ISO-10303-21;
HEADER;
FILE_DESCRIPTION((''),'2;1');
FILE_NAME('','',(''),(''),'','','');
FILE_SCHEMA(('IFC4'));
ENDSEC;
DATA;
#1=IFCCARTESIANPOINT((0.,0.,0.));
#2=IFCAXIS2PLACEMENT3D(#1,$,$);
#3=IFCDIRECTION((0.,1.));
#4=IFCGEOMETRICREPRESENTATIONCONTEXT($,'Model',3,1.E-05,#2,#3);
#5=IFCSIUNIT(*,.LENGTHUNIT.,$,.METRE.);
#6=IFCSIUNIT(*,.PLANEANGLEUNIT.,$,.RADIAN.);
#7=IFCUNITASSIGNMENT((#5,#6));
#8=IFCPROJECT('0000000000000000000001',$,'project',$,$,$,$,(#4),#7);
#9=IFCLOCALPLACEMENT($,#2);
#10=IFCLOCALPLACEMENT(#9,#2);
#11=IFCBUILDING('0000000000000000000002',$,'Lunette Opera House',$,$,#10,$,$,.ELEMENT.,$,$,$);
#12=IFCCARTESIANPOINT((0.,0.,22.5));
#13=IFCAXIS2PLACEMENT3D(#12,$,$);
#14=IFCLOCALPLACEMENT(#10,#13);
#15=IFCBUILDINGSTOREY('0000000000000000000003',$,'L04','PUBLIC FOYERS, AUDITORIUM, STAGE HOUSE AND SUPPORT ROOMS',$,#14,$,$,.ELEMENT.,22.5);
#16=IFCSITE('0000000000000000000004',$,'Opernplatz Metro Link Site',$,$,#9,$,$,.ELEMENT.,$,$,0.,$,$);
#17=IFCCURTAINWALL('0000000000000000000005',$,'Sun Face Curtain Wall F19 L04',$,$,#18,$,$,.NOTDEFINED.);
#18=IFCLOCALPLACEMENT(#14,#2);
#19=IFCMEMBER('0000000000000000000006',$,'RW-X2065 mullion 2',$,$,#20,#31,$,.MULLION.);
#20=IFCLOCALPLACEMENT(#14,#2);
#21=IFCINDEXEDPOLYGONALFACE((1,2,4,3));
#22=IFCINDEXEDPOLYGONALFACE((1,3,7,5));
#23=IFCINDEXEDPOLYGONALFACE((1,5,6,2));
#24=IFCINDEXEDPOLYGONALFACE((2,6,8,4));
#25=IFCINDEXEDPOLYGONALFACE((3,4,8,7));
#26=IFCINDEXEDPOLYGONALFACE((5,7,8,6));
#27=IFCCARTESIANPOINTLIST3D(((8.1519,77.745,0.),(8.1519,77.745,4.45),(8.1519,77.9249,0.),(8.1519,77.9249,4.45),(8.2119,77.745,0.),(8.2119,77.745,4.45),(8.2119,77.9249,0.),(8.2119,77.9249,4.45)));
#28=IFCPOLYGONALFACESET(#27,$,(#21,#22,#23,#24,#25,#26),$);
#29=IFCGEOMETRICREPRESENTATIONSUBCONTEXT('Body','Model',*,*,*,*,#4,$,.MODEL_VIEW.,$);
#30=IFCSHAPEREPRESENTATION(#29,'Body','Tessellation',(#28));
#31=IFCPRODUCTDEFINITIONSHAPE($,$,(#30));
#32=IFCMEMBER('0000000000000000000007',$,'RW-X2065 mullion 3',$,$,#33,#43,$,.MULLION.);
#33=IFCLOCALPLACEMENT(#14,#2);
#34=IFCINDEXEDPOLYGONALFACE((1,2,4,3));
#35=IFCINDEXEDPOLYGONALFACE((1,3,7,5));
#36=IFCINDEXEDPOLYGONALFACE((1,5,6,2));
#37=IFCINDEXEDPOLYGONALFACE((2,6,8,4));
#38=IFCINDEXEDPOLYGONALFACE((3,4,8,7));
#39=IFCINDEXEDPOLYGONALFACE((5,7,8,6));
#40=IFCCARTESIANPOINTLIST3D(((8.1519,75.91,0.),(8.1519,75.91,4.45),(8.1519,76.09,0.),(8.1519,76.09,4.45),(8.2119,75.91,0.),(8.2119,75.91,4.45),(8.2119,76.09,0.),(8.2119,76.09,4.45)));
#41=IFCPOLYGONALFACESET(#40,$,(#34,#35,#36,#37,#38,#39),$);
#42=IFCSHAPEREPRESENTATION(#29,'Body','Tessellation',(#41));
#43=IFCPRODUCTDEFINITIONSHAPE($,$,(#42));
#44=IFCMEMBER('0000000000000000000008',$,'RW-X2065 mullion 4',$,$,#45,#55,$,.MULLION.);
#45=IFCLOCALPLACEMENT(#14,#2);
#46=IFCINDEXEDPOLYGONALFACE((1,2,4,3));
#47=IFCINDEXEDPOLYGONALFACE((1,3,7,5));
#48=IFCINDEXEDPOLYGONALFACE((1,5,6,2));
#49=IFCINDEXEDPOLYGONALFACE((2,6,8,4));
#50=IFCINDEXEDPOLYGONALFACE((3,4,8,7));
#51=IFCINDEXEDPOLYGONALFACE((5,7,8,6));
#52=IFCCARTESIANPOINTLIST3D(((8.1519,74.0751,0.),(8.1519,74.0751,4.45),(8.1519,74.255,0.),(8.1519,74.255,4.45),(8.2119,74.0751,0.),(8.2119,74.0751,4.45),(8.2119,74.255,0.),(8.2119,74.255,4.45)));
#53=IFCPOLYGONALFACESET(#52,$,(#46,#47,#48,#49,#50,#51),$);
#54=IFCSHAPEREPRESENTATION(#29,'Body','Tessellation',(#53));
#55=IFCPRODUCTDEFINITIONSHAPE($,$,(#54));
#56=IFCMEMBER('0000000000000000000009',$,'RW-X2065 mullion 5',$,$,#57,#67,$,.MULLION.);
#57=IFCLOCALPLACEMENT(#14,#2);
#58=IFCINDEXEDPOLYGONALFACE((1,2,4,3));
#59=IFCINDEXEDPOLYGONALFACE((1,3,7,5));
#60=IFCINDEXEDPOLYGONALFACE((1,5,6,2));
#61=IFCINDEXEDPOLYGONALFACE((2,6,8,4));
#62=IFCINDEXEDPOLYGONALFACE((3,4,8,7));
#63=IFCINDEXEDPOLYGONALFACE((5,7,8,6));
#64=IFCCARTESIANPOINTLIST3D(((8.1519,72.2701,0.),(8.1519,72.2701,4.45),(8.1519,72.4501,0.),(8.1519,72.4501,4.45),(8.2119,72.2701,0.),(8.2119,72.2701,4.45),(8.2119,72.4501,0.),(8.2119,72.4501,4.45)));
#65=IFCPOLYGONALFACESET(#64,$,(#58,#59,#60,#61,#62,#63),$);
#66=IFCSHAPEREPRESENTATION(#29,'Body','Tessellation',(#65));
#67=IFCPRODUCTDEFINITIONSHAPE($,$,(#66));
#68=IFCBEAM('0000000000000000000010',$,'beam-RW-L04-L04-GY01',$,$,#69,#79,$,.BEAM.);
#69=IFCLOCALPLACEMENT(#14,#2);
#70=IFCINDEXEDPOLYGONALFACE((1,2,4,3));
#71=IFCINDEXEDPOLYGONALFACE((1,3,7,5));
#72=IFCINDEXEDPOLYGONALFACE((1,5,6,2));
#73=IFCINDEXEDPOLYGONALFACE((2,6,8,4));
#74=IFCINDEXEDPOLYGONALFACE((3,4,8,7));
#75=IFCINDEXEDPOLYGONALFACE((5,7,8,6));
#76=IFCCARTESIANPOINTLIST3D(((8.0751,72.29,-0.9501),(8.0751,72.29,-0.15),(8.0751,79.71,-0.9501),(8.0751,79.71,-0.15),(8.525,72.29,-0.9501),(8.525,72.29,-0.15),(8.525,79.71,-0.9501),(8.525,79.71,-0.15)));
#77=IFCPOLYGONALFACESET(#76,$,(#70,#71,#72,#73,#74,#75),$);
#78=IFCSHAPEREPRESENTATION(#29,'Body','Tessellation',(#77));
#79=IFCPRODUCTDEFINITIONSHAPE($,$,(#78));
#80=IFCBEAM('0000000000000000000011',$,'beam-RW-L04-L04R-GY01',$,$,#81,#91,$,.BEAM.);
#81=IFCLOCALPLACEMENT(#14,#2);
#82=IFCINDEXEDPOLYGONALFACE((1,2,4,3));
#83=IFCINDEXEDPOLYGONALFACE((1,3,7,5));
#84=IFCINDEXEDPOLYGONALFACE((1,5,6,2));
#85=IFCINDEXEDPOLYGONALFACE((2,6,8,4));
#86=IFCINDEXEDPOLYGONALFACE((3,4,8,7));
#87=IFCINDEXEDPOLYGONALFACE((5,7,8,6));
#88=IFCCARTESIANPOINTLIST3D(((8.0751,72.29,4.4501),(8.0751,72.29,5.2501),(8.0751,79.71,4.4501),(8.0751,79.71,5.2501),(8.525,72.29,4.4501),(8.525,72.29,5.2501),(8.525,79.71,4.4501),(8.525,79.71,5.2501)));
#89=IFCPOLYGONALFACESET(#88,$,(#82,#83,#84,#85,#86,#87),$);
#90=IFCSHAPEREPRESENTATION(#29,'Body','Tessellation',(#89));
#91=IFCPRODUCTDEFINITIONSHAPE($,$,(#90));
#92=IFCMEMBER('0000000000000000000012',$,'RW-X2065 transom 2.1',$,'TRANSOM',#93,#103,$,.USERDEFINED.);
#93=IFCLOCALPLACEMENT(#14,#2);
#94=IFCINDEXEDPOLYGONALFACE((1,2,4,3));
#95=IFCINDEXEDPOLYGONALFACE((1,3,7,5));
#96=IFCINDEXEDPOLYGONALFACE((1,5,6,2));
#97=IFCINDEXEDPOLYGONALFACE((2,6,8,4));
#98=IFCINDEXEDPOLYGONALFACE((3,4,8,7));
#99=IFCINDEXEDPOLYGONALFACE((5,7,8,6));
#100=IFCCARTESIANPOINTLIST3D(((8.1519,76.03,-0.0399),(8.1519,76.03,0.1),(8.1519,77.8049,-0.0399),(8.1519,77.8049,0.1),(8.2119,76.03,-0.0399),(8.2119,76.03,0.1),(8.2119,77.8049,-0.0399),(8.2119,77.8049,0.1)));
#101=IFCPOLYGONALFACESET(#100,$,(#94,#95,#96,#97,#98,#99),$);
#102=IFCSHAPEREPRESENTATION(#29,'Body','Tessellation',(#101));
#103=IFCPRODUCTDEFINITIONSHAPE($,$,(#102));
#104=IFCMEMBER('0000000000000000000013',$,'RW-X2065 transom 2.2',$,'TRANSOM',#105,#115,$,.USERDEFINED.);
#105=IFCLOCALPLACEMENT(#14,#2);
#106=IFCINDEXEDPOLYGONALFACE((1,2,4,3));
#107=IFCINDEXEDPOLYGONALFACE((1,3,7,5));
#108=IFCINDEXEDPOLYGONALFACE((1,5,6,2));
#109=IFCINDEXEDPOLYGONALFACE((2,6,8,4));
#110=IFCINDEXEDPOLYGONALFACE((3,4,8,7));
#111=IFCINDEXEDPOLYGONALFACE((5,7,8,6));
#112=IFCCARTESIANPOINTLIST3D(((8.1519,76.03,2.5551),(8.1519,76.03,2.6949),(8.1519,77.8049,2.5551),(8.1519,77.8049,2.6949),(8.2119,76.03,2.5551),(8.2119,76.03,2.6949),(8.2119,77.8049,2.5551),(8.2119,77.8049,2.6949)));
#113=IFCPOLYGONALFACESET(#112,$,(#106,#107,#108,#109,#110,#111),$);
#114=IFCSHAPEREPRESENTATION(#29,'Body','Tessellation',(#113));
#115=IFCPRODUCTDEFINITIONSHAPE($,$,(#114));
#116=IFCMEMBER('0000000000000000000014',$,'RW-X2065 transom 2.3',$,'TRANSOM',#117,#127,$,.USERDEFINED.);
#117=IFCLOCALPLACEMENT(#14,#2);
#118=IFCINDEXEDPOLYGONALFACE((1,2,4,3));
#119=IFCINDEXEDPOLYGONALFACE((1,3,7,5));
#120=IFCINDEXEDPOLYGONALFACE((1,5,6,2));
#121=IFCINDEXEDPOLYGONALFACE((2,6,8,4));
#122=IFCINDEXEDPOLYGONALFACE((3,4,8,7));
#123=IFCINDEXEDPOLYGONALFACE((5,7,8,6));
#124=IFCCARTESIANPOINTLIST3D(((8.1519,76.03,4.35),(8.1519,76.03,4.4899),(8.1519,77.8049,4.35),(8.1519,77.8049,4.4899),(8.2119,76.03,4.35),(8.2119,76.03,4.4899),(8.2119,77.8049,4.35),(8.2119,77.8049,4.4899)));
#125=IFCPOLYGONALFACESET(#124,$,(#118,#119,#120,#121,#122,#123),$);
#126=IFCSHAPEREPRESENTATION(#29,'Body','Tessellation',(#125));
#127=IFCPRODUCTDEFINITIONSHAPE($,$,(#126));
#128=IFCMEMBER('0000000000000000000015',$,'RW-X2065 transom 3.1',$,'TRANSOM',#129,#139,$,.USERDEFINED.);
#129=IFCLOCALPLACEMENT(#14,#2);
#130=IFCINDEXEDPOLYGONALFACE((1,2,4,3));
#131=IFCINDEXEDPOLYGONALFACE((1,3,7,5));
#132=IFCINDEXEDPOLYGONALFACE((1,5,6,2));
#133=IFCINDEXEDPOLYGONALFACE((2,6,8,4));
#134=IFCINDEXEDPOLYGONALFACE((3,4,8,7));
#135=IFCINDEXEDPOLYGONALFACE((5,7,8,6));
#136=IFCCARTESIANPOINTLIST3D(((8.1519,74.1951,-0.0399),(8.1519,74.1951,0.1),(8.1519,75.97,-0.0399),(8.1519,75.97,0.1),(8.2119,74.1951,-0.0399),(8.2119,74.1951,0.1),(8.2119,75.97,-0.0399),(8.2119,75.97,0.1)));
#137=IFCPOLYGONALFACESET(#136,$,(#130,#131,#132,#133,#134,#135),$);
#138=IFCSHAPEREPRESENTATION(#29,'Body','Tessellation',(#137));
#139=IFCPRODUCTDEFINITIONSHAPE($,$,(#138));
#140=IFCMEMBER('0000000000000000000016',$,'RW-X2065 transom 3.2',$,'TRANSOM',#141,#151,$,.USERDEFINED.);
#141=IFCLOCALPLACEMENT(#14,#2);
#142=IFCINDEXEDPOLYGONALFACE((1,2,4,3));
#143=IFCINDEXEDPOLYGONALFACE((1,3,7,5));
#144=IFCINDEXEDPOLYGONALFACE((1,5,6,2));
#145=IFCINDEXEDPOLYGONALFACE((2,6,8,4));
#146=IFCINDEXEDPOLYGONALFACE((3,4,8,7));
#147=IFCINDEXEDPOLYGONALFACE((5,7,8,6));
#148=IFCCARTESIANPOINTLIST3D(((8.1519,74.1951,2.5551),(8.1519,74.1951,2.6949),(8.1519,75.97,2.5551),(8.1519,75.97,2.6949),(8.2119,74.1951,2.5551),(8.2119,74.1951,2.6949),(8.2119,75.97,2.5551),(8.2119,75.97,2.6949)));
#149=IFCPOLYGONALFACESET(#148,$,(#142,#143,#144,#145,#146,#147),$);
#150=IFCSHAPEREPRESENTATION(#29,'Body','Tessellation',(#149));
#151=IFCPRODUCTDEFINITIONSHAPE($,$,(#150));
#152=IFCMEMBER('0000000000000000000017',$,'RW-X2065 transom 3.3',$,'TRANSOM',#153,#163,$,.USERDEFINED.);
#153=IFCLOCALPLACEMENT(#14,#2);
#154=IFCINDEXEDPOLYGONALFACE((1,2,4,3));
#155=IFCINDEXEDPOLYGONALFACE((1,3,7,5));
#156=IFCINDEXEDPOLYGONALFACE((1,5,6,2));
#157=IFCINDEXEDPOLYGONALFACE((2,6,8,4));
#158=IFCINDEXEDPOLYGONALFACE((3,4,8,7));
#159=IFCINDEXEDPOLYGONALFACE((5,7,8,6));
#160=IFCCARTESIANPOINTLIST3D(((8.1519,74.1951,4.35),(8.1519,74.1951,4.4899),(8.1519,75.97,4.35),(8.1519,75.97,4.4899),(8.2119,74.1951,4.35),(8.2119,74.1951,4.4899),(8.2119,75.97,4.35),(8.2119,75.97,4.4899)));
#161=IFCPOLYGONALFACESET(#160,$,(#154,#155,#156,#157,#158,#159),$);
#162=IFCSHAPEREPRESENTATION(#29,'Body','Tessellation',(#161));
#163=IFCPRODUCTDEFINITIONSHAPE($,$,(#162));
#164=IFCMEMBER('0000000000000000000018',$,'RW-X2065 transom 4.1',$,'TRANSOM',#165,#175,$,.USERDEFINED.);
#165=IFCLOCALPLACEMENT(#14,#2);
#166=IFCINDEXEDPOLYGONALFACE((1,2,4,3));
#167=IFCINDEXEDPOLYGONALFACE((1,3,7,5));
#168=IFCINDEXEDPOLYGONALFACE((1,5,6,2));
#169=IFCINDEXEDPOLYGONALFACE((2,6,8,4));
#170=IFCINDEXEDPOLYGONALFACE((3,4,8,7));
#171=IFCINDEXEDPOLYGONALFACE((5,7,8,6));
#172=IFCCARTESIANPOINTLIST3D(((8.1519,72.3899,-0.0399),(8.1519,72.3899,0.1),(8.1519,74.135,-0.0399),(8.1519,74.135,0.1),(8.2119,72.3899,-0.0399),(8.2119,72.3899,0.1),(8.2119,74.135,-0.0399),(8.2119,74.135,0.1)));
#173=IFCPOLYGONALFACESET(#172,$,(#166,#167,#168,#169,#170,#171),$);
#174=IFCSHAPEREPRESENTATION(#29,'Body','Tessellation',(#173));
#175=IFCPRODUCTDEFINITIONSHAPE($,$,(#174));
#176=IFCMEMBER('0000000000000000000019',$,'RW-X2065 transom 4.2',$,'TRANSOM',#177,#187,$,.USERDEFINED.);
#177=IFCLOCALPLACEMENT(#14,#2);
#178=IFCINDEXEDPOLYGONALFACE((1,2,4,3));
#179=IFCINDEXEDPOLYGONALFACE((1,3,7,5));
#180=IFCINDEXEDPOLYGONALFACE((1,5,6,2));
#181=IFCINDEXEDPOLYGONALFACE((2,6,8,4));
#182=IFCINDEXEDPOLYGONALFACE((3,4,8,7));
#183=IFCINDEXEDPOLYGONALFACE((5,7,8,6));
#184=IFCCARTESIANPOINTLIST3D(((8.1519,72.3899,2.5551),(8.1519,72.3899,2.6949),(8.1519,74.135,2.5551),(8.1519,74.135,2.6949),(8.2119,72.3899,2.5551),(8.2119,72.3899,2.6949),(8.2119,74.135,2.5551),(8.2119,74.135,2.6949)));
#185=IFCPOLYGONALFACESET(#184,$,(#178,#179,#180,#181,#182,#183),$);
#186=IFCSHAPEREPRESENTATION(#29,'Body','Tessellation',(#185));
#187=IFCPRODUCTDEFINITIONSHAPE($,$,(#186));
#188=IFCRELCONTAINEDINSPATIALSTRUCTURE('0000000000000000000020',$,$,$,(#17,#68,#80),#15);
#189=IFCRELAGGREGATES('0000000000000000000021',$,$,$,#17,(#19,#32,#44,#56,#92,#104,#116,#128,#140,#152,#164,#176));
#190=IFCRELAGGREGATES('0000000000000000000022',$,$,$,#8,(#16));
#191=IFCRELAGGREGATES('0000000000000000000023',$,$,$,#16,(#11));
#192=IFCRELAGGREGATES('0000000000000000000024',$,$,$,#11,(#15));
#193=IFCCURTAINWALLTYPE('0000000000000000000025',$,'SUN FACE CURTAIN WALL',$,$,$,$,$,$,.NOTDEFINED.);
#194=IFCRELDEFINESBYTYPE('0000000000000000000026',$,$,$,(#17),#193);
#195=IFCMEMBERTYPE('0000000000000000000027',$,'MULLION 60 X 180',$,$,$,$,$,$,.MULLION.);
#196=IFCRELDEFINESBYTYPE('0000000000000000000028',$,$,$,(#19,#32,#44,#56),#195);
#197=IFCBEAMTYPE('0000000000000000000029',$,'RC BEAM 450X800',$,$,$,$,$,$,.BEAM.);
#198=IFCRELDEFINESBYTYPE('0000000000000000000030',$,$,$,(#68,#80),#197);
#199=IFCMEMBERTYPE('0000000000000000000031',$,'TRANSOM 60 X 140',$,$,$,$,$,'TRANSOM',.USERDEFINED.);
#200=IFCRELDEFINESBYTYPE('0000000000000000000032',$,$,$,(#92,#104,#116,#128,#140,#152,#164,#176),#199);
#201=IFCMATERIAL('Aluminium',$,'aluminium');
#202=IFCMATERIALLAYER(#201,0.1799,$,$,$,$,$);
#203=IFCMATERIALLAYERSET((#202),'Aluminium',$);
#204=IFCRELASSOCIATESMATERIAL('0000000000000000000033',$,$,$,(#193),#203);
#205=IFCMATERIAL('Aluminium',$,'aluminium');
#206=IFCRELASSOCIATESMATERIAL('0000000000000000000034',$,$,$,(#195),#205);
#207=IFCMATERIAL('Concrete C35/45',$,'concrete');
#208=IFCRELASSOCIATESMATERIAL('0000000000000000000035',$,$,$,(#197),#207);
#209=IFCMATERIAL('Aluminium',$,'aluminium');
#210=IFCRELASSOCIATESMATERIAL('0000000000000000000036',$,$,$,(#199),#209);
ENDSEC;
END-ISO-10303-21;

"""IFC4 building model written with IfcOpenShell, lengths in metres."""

from ifc_helpers import new_model, si_unit, direction, frame, origin, origin_2d, place, context, subcontext, project, spatial, rectangle, extrude, material, layer, layer_set, material_profile, profile_set, type_object, element, aggregate, save


model = new_model("IFC4")

# Units and contexts
model_context = context("Model", 3, precision=1e-05, world=origin(), true_north=direction((0.0, 1.0)))
body_context = subcontext(model_context, "Body", "Model", "MODEL_VIEW")
ifc_project = project(units=[si_unit("LENGTHUNIT", "METRE"), si_unit("PLANEANGLEUNIT", "RADIAN")], contexts=[model_context])

# Site, building, storey
site_placement = place(None, origin())
site = spatial("IfcSite", under=ifc_project, at=site_placement, Name="Opernplatz Metro Link Site", CompositionType="ELEMENT", RefElevation=0.0)
building_placement = place(site_placement, origin())
building = spatial("IfcBuilding", under=site, at=building_placement, Name="Lunette Opera House", CompositionType="ELEMENT")
storey_placement = place(building_placement, frame((0.0, 0.0, 22.5)))
storey = spatial("IfcBuildingStorey", under=building, at=storey_placement, Name="L04", Description="PUBLIC FOYERS, AUDITORIUM, STAGE HOUSE AND SUPPORT ROOMS", CompositionType="ELEMENT", Elevation=22.5)

# Curtain wall, members
ifc_material_1 = material(Name="Aluminium", Category="aluminium")
ifc_layer_1 = layer(ifc_material_1, 0.1799)
ifc_layer_set_1 = layer_set([ifc_layer_1], Name="Aluminium")
curtain_wall_type = type_object("IfcCurtainWallType", Name="SUN FACE CURTAIN WALL", PredefinedType="NOTDEFINED", material=ifc_layer_set_1)
curtain_wall_placement = place(storey_placement, origin())
curtain_wall = element("IfcCurtainWall", 1, at=curtain_wall_placement, inside=storey, type_object=curtain_wall_type, Name="Sun Face Curtain Wall F19 L04", PredefinedType="NOTDEFINED")
ifc_material_2 = material(Name="Aluminium", Category="aluminium")
ifc_material_profile_1 = material_profile(ifc_material_2, rectangle(XDim=0.0601, YDim=0.1799, at=origin_2d()), Name="MULLION 60 X 180")
ifc_profile_set_1 = profile_set([ifc_material_profile_1], Name="Aluminium")
member_type_1 = type_object("IfcMemberType", Name="MULLION 60 X 180", PredefinedType="MULLION", material=ifc_profile_set_1)
member_1_placement = place(storey_placement, frame((8.1819, 77.835, 0.0), z_axis=(0.0, 0.0, 1.0), x_axis=(1.0, 0.0, 0.0)))
member_1 = element("IfcMember", 2, at=member_1_placement, type_object=member_type_1, Name="RW-X2065 mullion 2", PredefinedType="MULLION", context=body_context, shape_type="SweptSolid", body=[
    extrude(rectangle(XDim=0.0601, YDim=0.1799, at=origin_2d()), origin(), (0.0, 0.0, 1.0), 4.45),
])
member_2_placement = place(storey_placement, frame((8.1819, 76.0, 0.0), z_axis=(0.0, 0.0, 1.0), x_axis=(1.0, 0.0, 0.0)))
member_2 = element("IfcMember", 3, at=member_2_placement, type_object=member_type_1, Name="RW-X2065 mullion 3", PredefinedType="MULLION", context=body_context, shape_type="SweptSolid", body=[
    extrude(rectangle(XDim=0.0601, YDim=0.1799, at=origin_2d()), origin(), (0.0, 0.0, 1.0), 4.45),
])
member_3_placement = place(storey_placement, frame((8.1819, 74.165, 0.0), z_axis=(0.0, 0.0, 1.0), x_axis=(1.0, 0.0, 0.0)))
member_3 = element("IfcMember", 4, at=member_3_placement, type_object=member_type_1, Name="RW-X2065 mullion 4", PredefinedType="MULLION", context=body_context, shape_type="SweptSolid", body=[
    extrude(rectangle(XDim=0.0601, YDim=0.1799, at=origin_2d()), origin(), (0.0, 0.0, 1.0), 4.45),
])
member_4_placement = place(storey_placement, frame((8.1819, 72.3601, 0.0), z_axis=(0.0, 0.0, 1.0), x_axis=(1.0, 0.0, 0.0)))
member_4 = element("IfcMember", 5, at=member_4_placement, type_object=member_type_1, Name="RW-X2065 mullion 5", PredefinedType="MULLION", context=body_context, shape_type="SweptSolid", body=[
    extrude(rectangle(XDim=0.0601, YDim=0.1799, at=origin_2d()), origin(), (0.0, 0.0, 1.0), 4.45),
])

# Beams
ifc_material_3 = material(Name="Concrete C35/45", Category="concrete")
ifc_material_profile_2 = material_profile(ifc_material_3, rectangle(XDim=0.45, YDim=0.8, at=origin_2d()), Name="RC BEAM 450X800")
ifc_profile_set_2 = profile_set([ifc_material_profile_2], Name="Concrete C35/45")
beam_type = type_object("IfcBeamType", Name="RC BEAM 450X800", PredefinedType="BEAM", material=ifc_profile_set_2)
for number, where, z_axis, x_axis, name in (
    (6, (8.3, 72.29, -0.55), (0.0, 1.0, 0.0), (-1.0, 0.0, 0.0), "beam-RW-L04-L04-GY01"),
    (7, (8.3, 72.29, 4.8501), (0.0, 1.0, 0.0), (-1.0, 0.0, 0.0), "beam-RW-L04-L04R-GY01"),
):
    element("IfcBeam", number, at=place(storey_placement, frame(where, z_axis=z_axis, x_axis=x_axis)), inside=storey, type_object=beam_type, Name=name, PredefinedType="BEAM", context=body_context, shape_type="SweptSolid", body=[
        extrude(rectangle(XDim=0.45, YDim=0.8, at=origin_2d()), origin(), (0.0, 0.0, 1.0), 7.4199),
    ])

# Members
ifc_material_4 = material(Name="Aluminium", Category="aluminium")
ifc_material_profile_3 = material_profile(ifc_material_4, rectangle(XDim=0.0601, YDim=0.1399, at=origin_2d()), Name="TRANSOM 60 X 140")
ifc_profile_set_3 = profile_set([ifc_material_profile_3], Name="Aluminium")
member_type_2 = type_object("IfcMemberType", Name="TRANSOM 60 X 140", ElementType="TRANSOM", PredefinedType="USERDEFINED", material=ifc_profile_set_3)
member_5_placement = place(storey_placement, frame((8.1819, 77.8049, 0.03), z_axis=(0.0, -1.0, 0.0), x_axis=(1.0, 0.0, 0.0)))
member_5 = element("IfcMember", 8, at=member_5_placement, type_object=member_type_2, Name="RW-X2065 transom 2.1", ObjectType="TRANSOM", PredefinedType="USERDEFINED", context=body_context, shape_type="SweptSolid", body=[
    extrude(rectangle(XDim=0.0601, YDim=0.1399, at=origin_2d()), origin(), (0.0, 0.0, 1.0), 1.7749),
])
member_6_placement = place(storey_placement, frame((8.1819, 77.8049, 2.625), z_axis=(0.0, -1.0, 0.0), x_axis=(1.0, 0.0, 0.0)))
member_6 = element("IfcMember", 9, at=member_6_placement, type_object=member_type_2, Name="RW-X2065 transom 2.2", ObjectType="TRANSOM", PredefinedType="USERDEFINED", context=body_context, shape_type="SweptSolid", body=[
    extrude(rectangle(XDim=0.0601, YDim=0.1399, at=origin_2d()), origin(), (0.0, 0.0, 1.0), 1.7749),
])
member_7_placement = place(storey_placement, frame((8.1819, 77.8049, 4.4199), z_axis=(0.0, -1.0, 0.0), x_axis=(1.0, 0.0, 0.0)))
member_7 = element("IfcMember", 10, at=member_7_placement, type_object=member_type_2, Name="RW-X2065 transom 2.3", ObjectType="TRANSOM", PredefinedType="USERDEFINED", context=body_context, shape_type="SweptSolid", body=[
    extrude(rectangle(XDim=0.0601, YDim=0.1399, at=origin_2d()), origin(), (0.0, 0.0, 1.0), 1.7749),
])
member_8_placement = place(storey_placement, frame((8.1819, 75.97, 0.03), z_axis=(0.0, -1.0, 0.0), x_axis=(1.0, 0.0, 0.0)))
member_8 = element("IfcMember", 11, at=member_8_placement, type_object=member_type_2, Name="RW-X2065 transom 3.1", ObjectType="TRANSOM", PredefinedType="USERDEFINED", context=body_context, shape_type="SweptSolid", body=[
    extrude(rectangle(XDim=0.0601, YDim=0.1399, at=origin_2d()), origin(), (0.0, 0.0, 1.0), 1.7749),
])
member_9_placement = place(storey_placement, frame((8.1819, 75.97, 2.625), z_axis=(0.0, -1.0, 0.0), x_axis=(1.0, 0.0, 0.0)))
member_9 = element("IfcMember", 12, at=member_9_placement, type_object=member_type_2, Name="RW-X2065 transom 3.2", ObjectType="TRANSOM", PredefinedType="USERDEFINED", context=body_context, shape_type="SweptSolid", body=[
    extrude(rectangle(XDim=0.0601, YDim=0.1399, at=origin_2d()), origin(), (0.0, 0.0, 1.0), 1.7749),
])
member_10_placement = place(storey_placement, frame((8.1819, 75.97, 4.4199), z_axis=(0.0, -1.0, 0.0), x_axis=(1.0, 0.0, 0.0)))
member_10 = element("IfcMember", 13, at=member_10_placement, type_object=member_type_2, Name="RW-X2065 transom 3.3", ObjectType="TRANSOM", PredefinedType="USERDEFINED", context=body_context, shape_type="SweptSolid", body=[
    extrude(rectangle(XDim=0.0601, YDim=0.1399, at=origin_2d()), origin(), (0.0, 0.0, 1.0), 1.7749),
])
member_11_placement = place(storey_placement, frame((8.1819, 74.135, 0.03), z_axis=(0.0, -1.0, 0.0), x_axis=(1.0, 0.0, 0.0)))
member_11 = element("IfcMember", 14, at=member_11_placement, type_object=member_type_2, Name="RW-X2065 transom 4.1", ObjectType="TRANSOM", PredefinedType="USERDEFINED", context=body_context, shape_type="SweptSolid", body=[
    extrude(rectangle(XDim=0.0601, YDim=0.1399, at=origin_2d()), origin(), (0.0, 0.0, 1.0), 1.7451),
])
member_12_placement = place(storey_placement, frame((8.1819, 74.135, 2.625), z_axis=(0.0, -1.0, 0.0), x_axis=(1.0, 0.0, 0.0)))
member_12 = element("IfcMember", 15, at=member_12_placement, type_object=member_type_2, Name="RW-X2065 transom 4.2", ObjectType="TRANSOM", PredefinedType="USERDEFINED", context=body_context, shape_type="SweptSolid", body=[
    extrude(rectangle(XDim=0.0601, YDim=0.1399, at=origin_2d()), origin(), (0.0, 0.0, 1.0), 1.7451),
])

aggregate(curtain_wall, [member_1, member_2, member_3, member_4, member_5, member_6, member_7, member_8, member_9, member_10, member_11, member_12])

save(model, "model.ifc")
